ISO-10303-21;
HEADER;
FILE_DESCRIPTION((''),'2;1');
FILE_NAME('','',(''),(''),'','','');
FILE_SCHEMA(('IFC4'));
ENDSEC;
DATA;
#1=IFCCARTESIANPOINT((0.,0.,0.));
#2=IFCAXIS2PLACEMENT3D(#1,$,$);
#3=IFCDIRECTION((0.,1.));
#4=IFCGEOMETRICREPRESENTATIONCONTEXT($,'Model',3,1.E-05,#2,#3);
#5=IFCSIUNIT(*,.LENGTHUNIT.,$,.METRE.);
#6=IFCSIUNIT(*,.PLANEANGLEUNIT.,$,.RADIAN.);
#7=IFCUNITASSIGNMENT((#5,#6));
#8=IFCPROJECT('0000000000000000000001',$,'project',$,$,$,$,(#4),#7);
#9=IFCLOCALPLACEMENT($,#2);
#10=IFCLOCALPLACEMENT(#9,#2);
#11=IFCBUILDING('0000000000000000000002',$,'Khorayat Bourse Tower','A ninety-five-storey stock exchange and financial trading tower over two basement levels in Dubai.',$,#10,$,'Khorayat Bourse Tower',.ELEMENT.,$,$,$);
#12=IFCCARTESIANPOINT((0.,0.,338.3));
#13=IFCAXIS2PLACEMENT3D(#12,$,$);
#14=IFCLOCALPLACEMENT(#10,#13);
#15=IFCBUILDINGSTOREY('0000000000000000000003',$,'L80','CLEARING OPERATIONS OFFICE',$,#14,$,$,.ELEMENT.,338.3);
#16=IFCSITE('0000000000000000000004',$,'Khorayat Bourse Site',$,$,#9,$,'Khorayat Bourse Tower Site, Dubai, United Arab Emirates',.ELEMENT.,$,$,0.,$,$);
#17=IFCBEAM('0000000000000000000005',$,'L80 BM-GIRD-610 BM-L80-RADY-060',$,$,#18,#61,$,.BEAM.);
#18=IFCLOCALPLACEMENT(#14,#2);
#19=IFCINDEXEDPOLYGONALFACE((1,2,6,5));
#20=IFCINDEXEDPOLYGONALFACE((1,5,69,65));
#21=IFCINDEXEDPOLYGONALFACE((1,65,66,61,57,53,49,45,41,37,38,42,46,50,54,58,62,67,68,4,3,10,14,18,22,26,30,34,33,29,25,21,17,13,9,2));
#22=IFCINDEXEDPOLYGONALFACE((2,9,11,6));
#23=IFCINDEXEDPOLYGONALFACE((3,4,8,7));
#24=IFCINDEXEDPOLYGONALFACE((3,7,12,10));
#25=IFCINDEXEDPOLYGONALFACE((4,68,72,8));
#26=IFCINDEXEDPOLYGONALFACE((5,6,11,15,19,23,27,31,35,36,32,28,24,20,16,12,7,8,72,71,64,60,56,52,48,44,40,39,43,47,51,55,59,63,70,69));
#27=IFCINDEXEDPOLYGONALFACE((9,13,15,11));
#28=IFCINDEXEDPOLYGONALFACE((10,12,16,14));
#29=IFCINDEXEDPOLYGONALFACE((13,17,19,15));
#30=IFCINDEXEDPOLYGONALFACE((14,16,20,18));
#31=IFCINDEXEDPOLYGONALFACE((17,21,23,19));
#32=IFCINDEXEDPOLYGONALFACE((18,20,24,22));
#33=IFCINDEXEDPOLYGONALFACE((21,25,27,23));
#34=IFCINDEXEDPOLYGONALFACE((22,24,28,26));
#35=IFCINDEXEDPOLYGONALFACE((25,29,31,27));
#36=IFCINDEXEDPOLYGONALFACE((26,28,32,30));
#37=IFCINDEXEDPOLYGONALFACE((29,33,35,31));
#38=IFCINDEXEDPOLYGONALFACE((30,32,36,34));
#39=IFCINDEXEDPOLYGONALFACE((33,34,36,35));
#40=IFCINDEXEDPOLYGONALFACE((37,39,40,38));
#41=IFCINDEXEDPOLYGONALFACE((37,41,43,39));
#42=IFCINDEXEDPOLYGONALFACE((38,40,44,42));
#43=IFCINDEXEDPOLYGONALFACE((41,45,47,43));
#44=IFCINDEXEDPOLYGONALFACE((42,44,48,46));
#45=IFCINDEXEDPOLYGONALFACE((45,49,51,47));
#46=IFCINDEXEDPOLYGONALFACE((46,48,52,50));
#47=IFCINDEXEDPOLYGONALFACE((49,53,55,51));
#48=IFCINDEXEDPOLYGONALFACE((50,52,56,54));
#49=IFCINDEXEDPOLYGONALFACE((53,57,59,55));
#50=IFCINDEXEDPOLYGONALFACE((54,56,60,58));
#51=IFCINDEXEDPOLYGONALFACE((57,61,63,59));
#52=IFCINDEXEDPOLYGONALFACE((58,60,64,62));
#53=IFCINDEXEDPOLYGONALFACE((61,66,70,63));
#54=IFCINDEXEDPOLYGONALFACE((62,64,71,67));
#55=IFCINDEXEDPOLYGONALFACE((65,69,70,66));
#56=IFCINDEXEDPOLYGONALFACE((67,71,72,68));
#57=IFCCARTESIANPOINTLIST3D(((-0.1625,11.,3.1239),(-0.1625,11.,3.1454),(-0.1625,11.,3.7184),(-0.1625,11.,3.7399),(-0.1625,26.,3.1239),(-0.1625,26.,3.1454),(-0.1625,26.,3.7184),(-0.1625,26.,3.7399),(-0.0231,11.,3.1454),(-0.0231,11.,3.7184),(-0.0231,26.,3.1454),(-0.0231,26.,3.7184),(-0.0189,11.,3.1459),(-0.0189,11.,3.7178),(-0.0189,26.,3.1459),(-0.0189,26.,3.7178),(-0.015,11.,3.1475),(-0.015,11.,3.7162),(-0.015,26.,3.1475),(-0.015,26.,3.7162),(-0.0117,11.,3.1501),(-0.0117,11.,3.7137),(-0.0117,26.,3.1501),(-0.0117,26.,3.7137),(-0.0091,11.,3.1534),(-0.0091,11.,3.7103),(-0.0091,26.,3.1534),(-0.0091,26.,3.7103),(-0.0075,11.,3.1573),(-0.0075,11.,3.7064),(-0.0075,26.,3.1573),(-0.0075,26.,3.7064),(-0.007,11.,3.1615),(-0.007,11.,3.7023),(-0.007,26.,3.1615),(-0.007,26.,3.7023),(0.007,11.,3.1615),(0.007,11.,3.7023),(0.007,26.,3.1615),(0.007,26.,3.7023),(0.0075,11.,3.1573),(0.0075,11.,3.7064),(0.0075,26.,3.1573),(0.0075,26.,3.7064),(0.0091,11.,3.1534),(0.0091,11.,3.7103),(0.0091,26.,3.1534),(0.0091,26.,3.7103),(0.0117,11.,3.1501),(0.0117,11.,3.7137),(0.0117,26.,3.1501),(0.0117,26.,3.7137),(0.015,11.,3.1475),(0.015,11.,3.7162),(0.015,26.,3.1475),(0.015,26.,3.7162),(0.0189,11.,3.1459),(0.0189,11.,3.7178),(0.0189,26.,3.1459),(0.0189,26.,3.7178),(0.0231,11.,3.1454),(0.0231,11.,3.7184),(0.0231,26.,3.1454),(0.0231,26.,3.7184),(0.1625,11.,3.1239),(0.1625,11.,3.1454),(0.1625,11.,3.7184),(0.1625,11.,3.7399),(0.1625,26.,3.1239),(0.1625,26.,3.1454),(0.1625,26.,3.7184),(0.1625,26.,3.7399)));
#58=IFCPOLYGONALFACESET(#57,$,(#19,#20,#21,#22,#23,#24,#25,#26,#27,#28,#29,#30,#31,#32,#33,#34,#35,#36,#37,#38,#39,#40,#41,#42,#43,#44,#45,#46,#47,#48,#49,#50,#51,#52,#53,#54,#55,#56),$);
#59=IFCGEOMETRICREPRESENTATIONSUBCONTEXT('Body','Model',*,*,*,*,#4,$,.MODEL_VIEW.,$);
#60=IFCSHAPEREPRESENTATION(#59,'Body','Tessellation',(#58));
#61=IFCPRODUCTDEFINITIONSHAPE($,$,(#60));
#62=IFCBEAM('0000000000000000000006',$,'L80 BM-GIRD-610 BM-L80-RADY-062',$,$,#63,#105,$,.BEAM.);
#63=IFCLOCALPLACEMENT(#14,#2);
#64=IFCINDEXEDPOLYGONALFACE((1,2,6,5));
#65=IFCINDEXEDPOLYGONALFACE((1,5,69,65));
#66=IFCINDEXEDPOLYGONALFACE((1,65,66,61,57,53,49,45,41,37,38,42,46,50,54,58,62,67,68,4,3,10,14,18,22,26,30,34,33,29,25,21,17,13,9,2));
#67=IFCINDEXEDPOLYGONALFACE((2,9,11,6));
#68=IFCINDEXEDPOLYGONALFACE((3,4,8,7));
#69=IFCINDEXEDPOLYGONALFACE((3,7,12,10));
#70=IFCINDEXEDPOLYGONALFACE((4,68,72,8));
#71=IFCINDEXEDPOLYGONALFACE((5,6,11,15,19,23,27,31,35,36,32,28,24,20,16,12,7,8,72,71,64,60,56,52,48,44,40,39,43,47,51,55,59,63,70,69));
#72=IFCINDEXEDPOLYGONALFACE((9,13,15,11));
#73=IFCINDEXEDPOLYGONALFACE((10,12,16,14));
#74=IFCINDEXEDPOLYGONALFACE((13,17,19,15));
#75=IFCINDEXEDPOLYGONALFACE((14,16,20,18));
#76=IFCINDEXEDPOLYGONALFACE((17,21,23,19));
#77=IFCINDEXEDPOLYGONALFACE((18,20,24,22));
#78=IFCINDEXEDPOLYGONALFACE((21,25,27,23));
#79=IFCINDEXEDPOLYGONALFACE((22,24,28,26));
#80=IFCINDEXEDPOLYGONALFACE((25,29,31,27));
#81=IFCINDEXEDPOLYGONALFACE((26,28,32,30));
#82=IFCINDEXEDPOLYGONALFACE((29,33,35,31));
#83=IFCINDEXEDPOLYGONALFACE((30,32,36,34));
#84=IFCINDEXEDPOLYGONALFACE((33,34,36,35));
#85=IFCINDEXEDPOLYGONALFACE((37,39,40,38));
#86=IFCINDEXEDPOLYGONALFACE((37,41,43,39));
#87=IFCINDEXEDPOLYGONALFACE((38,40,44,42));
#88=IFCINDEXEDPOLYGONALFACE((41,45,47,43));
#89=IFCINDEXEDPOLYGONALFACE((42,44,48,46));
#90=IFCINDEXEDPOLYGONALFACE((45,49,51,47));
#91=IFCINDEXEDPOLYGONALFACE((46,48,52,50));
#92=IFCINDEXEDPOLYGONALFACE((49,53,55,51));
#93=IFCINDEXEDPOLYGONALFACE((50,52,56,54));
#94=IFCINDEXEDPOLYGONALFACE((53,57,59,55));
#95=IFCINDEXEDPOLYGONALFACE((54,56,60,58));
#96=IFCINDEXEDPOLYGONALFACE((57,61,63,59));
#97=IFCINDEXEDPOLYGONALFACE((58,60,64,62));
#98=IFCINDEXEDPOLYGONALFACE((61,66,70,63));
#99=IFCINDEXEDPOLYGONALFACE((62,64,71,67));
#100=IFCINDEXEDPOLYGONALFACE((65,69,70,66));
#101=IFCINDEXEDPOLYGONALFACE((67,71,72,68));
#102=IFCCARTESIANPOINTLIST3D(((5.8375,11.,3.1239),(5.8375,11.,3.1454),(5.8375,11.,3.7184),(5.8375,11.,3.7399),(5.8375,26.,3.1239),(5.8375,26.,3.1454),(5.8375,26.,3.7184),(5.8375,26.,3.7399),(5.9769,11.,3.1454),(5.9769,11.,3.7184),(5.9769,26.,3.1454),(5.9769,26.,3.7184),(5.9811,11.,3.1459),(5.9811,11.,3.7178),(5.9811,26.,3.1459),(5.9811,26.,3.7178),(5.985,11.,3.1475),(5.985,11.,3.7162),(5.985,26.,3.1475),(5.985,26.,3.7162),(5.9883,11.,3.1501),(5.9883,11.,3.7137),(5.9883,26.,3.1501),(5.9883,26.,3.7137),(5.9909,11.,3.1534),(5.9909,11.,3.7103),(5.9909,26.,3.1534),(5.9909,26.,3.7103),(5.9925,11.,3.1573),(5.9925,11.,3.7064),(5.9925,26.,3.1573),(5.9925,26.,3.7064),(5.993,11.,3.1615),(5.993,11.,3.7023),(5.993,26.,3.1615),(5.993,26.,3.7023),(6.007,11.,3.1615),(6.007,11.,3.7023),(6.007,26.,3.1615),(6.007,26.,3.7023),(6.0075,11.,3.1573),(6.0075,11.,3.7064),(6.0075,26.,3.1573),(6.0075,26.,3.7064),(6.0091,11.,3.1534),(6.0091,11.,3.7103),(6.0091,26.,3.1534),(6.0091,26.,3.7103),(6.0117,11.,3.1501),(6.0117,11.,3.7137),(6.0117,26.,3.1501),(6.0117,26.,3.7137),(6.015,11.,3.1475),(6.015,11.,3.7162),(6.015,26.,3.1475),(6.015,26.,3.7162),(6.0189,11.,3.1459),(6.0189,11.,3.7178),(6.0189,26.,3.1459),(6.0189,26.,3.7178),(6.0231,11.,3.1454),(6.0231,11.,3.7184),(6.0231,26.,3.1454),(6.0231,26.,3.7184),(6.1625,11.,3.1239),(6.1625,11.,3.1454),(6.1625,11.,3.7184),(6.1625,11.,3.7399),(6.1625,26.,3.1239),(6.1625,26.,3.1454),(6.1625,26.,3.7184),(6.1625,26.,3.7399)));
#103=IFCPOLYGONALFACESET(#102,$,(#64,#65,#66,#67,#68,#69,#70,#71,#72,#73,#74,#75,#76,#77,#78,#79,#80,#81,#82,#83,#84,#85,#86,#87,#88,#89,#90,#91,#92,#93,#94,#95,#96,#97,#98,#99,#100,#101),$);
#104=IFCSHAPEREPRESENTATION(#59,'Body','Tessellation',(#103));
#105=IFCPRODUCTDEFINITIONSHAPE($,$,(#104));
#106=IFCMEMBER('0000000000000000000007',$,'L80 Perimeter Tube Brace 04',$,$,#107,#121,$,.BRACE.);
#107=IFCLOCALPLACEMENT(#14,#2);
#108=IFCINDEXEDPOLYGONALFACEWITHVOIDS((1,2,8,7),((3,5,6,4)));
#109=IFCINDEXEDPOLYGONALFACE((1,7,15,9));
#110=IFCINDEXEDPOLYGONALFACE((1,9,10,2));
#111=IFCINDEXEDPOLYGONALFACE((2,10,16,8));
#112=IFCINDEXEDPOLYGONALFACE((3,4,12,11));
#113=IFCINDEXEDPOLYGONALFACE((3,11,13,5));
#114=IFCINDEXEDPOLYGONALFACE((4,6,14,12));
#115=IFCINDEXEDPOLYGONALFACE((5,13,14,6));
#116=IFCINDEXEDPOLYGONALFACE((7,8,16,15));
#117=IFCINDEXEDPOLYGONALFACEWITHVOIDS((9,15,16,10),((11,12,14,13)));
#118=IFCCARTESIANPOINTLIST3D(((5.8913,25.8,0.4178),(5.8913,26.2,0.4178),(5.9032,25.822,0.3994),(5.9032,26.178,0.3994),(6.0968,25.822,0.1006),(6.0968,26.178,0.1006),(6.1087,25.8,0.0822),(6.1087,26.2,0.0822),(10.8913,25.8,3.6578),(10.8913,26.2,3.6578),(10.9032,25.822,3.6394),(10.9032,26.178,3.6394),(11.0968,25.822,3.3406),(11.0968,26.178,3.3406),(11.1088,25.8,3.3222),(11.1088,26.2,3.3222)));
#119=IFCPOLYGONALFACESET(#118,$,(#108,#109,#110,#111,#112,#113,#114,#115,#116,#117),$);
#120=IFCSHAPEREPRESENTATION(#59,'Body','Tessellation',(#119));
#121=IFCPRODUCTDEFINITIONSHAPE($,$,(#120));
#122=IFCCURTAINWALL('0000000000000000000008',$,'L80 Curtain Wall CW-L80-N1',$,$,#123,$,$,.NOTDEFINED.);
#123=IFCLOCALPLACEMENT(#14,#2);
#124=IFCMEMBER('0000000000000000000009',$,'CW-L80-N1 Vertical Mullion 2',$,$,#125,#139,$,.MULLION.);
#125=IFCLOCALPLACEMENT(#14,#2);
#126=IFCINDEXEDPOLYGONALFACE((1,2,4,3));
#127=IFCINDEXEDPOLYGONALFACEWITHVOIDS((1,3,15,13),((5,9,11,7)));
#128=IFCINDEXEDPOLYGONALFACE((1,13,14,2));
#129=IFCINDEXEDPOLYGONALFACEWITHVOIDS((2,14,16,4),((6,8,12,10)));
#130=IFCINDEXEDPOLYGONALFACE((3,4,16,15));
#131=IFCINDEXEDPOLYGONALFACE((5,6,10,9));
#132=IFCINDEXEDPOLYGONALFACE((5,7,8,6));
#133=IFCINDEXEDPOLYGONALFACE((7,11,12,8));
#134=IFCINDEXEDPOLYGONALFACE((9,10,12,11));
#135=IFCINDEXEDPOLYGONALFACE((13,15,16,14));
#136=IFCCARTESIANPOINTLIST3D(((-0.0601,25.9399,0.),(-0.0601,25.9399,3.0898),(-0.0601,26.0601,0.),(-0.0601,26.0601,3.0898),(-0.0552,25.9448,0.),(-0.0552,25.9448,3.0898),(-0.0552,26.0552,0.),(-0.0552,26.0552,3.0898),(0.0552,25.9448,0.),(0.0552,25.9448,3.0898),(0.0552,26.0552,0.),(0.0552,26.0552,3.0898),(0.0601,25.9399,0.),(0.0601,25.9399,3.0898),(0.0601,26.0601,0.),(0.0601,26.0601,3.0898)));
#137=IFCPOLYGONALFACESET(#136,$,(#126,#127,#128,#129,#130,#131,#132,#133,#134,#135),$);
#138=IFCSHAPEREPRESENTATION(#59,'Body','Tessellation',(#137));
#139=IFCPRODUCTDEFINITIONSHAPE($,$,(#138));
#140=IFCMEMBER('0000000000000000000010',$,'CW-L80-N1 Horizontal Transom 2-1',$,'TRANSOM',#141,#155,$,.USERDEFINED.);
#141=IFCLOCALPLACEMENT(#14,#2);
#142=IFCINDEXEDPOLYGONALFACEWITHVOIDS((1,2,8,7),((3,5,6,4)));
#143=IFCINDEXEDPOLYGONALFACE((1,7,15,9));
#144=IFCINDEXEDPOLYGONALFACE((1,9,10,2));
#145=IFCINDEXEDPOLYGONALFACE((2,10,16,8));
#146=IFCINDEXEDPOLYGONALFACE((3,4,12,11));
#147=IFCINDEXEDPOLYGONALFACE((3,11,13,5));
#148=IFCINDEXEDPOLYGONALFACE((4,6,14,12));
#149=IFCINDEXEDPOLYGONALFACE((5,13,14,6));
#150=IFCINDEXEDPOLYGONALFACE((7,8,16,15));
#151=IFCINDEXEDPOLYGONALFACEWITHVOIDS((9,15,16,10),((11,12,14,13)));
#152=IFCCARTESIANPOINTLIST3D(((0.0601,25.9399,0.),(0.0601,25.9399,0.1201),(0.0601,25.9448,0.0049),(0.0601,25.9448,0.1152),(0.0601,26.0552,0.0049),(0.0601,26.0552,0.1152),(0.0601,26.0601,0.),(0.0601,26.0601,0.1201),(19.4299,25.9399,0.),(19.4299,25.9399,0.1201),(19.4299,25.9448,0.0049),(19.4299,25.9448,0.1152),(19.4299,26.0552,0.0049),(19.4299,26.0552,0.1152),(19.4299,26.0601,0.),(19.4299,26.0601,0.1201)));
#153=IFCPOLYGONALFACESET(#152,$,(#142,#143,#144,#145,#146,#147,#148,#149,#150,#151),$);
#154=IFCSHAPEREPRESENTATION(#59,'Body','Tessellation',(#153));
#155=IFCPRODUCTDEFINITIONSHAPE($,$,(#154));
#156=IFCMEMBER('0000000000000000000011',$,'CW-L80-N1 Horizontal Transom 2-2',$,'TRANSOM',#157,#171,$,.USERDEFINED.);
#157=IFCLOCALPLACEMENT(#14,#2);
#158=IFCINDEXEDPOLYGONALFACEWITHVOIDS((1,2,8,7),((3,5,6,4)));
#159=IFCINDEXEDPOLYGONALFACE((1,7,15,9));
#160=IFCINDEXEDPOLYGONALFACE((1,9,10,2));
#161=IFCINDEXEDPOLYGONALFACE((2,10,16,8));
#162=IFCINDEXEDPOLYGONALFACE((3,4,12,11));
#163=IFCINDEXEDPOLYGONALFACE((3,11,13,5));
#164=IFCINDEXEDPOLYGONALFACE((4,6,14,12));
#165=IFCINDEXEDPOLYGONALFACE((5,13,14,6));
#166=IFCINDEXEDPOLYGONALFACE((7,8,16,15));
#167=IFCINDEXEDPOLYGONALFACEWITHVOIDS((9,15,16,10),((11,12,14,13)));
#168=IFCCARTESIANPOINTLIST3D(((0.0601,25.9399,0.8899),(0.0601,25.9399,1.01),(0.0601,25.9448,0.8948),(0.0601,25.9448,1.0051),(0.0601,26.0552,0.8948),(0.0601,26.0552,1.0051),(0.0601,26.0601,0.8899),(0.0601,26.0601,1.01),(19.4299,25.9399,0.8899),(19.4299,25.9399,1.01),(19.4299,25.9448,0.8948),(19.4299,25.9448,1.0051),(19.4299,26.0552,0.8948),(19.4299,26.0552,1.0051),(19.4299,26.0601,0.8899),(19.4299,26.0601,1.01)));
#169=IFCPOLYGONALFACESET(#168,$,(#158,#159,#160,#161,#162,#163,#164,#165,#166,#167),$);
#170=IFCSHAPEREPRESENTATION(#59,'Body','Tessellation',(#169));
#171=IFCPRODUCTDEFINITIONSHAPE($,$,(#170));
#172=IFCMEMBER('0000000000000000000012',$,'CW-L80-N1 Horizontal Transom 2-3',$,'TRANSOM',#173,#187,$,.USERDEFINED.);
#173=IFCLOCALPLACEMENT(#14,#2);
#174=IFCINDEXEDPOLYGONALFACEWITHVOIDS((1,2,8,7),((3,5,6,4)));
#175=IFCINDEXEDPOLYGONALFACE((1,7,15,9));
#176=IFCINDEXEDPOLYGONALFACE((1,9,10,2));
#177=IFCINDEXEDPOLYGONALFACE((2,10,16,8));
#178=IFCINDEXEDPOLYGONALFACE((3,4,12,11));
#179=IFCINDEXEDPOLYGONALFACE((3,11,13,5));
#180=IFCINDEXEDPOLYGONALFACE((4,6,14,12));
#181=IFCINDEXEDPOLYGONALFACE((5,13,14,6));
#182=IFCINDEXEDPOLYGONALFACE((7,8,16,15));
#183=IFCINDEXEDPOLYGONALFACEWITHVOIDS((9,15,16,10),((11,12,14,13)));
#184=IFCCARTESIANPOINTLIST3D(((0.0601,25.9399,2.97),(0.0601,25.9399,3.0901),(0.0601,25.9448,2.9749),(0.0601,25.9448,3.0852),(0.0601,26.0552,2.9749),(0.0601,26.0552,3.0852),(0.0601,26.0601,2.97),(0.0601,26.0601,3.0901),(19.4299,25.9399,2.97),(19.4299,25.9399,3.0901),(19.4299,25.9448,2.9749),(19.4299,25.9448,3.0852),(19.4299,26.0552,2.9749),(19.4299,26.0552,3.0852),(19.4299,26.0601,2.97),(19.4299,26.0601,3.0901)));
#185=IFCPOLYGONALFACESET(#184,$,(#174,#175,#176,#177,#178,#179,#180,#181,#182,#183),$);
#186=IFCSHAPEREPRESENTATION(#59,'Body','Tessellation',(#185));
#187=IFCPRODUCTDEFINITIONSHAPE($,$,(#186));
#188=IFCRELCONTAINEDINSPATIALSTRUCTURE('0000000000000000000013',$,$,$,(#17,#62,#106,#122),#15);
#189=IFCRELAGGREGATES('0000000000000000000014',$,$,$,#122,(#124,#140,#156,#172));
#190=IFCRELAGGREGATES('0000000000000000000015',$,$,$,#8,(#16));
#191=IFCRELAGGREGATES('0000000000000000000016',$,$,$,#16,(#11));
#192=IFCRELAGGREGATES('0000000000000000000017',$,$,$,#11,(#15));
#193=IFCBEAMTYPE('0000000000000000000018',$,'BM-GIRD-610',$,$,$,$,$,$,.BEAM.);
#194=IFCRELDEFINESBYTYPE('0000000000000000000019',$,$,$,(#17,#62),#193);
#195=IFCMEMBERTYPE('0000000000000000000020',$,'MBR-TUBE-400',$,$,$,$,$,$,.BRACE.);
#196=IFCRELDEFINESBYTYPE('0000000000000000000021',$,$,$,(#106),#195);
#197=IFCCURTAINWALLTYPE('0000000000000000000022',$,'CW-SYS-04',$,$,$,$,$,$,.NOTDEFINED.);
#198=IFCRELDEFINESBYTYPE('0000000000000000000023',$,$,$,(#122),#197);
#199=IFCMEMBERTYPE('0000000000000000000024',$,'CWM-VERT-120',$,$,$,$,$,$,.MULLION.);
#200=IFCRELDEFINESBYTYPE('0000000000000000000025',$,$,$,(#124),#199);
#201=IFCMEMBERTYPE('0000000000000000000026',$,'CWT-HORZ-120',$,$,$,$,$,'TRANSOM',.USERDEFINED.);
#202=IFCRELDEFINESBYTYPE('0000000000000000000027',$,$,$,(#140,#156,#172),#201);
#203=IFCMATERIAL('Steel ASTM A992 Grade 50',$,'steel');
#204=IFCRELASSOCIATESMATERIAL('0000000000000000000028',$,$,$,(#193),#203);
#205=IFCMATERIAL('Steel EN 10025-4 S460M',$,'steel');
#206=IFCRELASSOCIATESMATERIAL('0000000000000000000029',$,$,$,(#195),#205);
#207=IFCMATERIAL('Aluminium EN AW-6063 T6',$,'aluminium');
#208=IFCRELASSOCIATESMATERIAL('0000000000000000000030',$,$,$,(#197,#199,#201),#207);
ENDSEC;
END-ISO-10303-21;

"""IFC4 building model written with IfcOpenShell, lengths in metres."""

from ifc_helpers import new_model, si_unit, direction, frame, origin, origin_2d, place, context, subcontext, project, spatial, hollow_rectangle, i_section, extrude, source, transform, mapped, material, material_profile, profile_set, type_object, element, aggregate, save


model = new_model("IFC4")

# Units and contexts
model_context = context("Model", 3, precision=1e-05, world=origin(), true_north=direction((0.0, 1.0)))
body_context = subcontext(model_context, "Body", "Model", "MODEL_VIEW")
ifc_project = project(units=[si_unit("LENGTHUNIT", "METRE"), si_unit("PLANEANGLEUNIT", "RADIAN")], contexts=[model_context])

# Site, building, storey
site_placement = place(None, origin())
site = spatial("IfcSite", under=ifc_project, at=site_placement, Name="Khorayat Bourse Site", LongName="Khorayat Bourse Tower Site, Dubai, United Arab Emirates", CompositionType="ELEMENT", RefElevation=0.0)
building_placement = place(site_placement, origin())
building = spatial("IfcBuilding", under=site, at=building_placement, Name="Khorayat Bourse Tower", Description="A ninety-five-storey stock exchange and financial trading tower over two basement levels in Dubai.", LongName="Khorayat Bourse Tower", CompositionType="ELEMENT")
storey_placement = place(building_placement, frame((0.0, 0.0, 338.3)))
storey = spatial("IfcBuildingStorey", under=building, at=storey_placement, Name="L80", Description="CLEARING OPERATIONS OFFICE", CompositionType="ELEMENT", Elevation=338.3)

# Beams
ifc_material_1 = material(Name="Steel ASTM A992 Grade 50", Category="steel")
ifc_material_profile_1 = material_profile(ifc_material_1, i_section(OverallWidth=0.325, OverallDepth=0.616, WebThickness=0.0139, FlangeThickness=0.0215, FilletRadius=0.0161, at=origin_2d()), Name="W610X174")
ifc_profile_set_1 = profile_set([ifc_material_profile_1], Name="Steel ASTM A992 Grade 50")
beam_type_1 = type_object("IfcBeamType", Name="BM-GIRD-610", PredefinedType="BEAM", material=ifc_profile_set_1)
shared_shape_1 = source(origin(), body_context, "Body", "SweptSolid", [
    extrude(i_section(OverallWidth=0.325, OverallDepth=0.616, WebThickness=0.0139, FlangeThickness=0.0215, FilletRadius=0.0161, at=origin_2d()), origin(), (0.0, 0.0, 1.0), 15.0),
])
for number, where, z_axis, x_axis, name in (
    (1, (0.0, 11.0, 3.4319), (0.0, 1.0, 0.0), (-1.0, 0.0, 0.0), "L80 BM-GIRD-610 BM-L80-RADY-060"),
    (2, (6.0, 11.0, 3.4319), (0.0, 1.0, 0.0), (-1.0, 0.0, 0.0), "L80 BM-GIRD-610 BM-L80-RADY-062"),
):
    element("IfcBeam", number, at=place(storey_placement, frame(where, z_axis=z_axis, x_axis=x_axis)), inside=storey, type_object=beam_type_1, Name=name, PredefinedType="BEAM", context=body_context, shape_type="MappedRepresentation", body=[
        mapped(shared_shape_1, transform((0.0, 0.0, 0.0), scale=1.0)),
    ])

# Member
ifc_material_2 = material(Name="Steel EN 10025-4 S460M", Category="steel")
ifc_material_profile_2 = material_profile(ifc_material_2, hollow_rectangle(XDim=0.3999, YDim=0.3999, WallThickness=0.022, at=origin_2d()), Name="HSS 400x400x22")
ifc_profile_set_2 = profile_set([ifc_material_profile_2], Name="Steel EN 10025-4 S460M")
member_type_1 = type_object("IfcMemberType", Name="MBR-TUBE-400", PredefinedType="BRACE", material=ifc_profile_set_2)
shared_shape_2 = source(origin(), body_context, "Body", "SweptSolid", [
    extrude(hollow_rectangle(XDim=0.3999, YDim=0.3999, WallThickness=0.022, at=origin_2d()), origin(), (0.0, 0.0, 1.0), 5.958),
])
member_1_placement = place(storey_placement, frame((6.0, 26.0, 0.25), z_axis=(0.83921, 0.0, 0.543807), x_axis=(0.0, 1.0, 0.0)))
element("IfcMember", 3, at=member_1_placement, inside=storey, type_object=member_type_1, Name="L80 Perimeter Tube Brace 04", PredefinedType="BRACE", context=body_context, shape_type="MappedRepresentation", body=[
    mapped(shared_shape_2, transform((0.0, 0.0, 0.0), scale=1.0)),
])

# Curtain wall, members
ifc_material_3 = material(Name="Aluminium EN AW-6063 T6", Category="aluminium")
curtain_wall_type = type_object("IfcCurtainWallType", Name="CW-SYS-04", PredefinedType="NOTDEFINED", material=ifc_material_3)
curtain_wall_placement = place(storey_placement, origin())
curtain_wall = element("IfcCurtainWall", 4, at=curtain_wall_placement, inside=storey, type_object=curtain_wall_type, Name="L80 Curtain Wall CW-L80-N1", PredefinedType="NOTDEFINED")
ifc_material_profile_3 = material_profile(ifc_material_3, hollow_rectangle(XDim=0.1201, YDim=0.1201, WallThickness=0.0049, at=origin_2d()), Name="ALU 120x120x5")
ifc_profile_set_3 = profile_set([ifc_material_profile_3], Name="Aluminium EN AW-6063 T6")
member_type_2 = type_object("IfcMemberType", Name="CWM-VERT-120", PredefinedType="MULLION", material=ifc_profile_set_3)
shared_shape_3 = source(origin(), body_context, "Body", "SweptSolid", [
    extrude(hollow_rectangle(XDim=0.1201, YDim=0.1201, WallThickness=0.0049, at=origin_2d()), origin(), (0.0, 0.0, 1.0), 3.0898),
])
member_2_placement = place(storey_placement, frame((0.0, 26.0, 0.0), z_axis=(0.0, 0.0, 1.0), x_axis=(0.0, 1.0, 0.0)))
member_2 = element("IfcMember", 5, at=member_2_placement, type_object=member_type_2, Name="CW-L80-N1 Vertical Mullion 2", PredefinedType="MULLION", context=body_context, shape_type="MappedRepresentation", body=[
    mapped(shared_shape_3, transform((0.0, 0.0, 0.0), scale=1.0)),
])
ifc_material_profile_4 = material_profile(ifc_material_3, hollow_rectangle(XDim=0.1201, YDim=0.1201, WallThickness=0.0049, at=origin_2d()), Name="ALU 120x120x5")
ifc_profile_set_4 = profile_set([ifc_material_profile_4], Name="Aluminium EN AW-6063 T6")
member_type_3 = type_object("IfcMemberType", Name="CWT-HORZ-120", ElementType="TRANSOM", PredefinedType="USERDEFINED", material=ifc_profile_set_4)
shared_shape_4 = source(origin(), body_context, "Body", "SweptSolid", [
    extrude(hollow_rectangle(XDim=0.1201, YDim=0.1201, WallThickness=0.0049, at=origin_2d()), origin(), (0.0, 0.0, 1.0), 19.3699),
])
member_3_placement = place(storey_placement, frame((0.0601, 26.0, 0.0601), z_axis=(1.0, 0.0, 0.0), x_axis=(0.0, 1.0, 0.0)))
member_3 = element("IfcMember", 6, at=member_3_placement, type_object=member_type_3, Name="CW-L80-N1 Horizontal Transom 2-1", ObjectType="TRANSOM", PredefinedType="USERDEFINED", context=body_context, shape_type="MappedRepresentation", body=[
    mapped(shared_shape_4, transform((0.0, 0.0, 0.0), scale=1.0)),
])
member_4_placement = place(storey_placement, frame((0.0601, 26.0, 0.95), z_axis=(1.0, 0.0, 0.0), x_axis=(0.0, 1.0, 0.0)))
member_4 = element("IfcMember", 7, at=member_4_placement, type_object=member_type_3, Name="CW-L80-N1 Horizontal Transom 2-2", ObjectType="TRANSOM", PredefinedType="USERDEFINED", context=body_context, shape_type="MappedRepresentation", body=[
    mapped(shared_shape_4, transform((0.0, 0.0, 0.0), scale=1.0)),
])
member_5_placement = place(storey_placement, frame((0.0601, 26.0, 3.03), z_axis=(1.0, 0.0, 0.0), x_axis=(0.0, 1.0, 0.0)))
member_5 = element("IfcMember", 8, at=member_5_placement, type_object=member_type_3, Name="CW-L80-N1 Horizontal Transom 2-3", ObjectType="TRANSOM", PredefinedType="USERDEFINED", context=body_context, shape_type="MappedRepresentation", body=[
    mapped(shared_shape_4, transform((0.0, 0.0, 0.0), scale=1.0)),
])

aggregate(curtain_wall, [member_2, member_3, member_4, member_5])

save(model, "model.ifc")
